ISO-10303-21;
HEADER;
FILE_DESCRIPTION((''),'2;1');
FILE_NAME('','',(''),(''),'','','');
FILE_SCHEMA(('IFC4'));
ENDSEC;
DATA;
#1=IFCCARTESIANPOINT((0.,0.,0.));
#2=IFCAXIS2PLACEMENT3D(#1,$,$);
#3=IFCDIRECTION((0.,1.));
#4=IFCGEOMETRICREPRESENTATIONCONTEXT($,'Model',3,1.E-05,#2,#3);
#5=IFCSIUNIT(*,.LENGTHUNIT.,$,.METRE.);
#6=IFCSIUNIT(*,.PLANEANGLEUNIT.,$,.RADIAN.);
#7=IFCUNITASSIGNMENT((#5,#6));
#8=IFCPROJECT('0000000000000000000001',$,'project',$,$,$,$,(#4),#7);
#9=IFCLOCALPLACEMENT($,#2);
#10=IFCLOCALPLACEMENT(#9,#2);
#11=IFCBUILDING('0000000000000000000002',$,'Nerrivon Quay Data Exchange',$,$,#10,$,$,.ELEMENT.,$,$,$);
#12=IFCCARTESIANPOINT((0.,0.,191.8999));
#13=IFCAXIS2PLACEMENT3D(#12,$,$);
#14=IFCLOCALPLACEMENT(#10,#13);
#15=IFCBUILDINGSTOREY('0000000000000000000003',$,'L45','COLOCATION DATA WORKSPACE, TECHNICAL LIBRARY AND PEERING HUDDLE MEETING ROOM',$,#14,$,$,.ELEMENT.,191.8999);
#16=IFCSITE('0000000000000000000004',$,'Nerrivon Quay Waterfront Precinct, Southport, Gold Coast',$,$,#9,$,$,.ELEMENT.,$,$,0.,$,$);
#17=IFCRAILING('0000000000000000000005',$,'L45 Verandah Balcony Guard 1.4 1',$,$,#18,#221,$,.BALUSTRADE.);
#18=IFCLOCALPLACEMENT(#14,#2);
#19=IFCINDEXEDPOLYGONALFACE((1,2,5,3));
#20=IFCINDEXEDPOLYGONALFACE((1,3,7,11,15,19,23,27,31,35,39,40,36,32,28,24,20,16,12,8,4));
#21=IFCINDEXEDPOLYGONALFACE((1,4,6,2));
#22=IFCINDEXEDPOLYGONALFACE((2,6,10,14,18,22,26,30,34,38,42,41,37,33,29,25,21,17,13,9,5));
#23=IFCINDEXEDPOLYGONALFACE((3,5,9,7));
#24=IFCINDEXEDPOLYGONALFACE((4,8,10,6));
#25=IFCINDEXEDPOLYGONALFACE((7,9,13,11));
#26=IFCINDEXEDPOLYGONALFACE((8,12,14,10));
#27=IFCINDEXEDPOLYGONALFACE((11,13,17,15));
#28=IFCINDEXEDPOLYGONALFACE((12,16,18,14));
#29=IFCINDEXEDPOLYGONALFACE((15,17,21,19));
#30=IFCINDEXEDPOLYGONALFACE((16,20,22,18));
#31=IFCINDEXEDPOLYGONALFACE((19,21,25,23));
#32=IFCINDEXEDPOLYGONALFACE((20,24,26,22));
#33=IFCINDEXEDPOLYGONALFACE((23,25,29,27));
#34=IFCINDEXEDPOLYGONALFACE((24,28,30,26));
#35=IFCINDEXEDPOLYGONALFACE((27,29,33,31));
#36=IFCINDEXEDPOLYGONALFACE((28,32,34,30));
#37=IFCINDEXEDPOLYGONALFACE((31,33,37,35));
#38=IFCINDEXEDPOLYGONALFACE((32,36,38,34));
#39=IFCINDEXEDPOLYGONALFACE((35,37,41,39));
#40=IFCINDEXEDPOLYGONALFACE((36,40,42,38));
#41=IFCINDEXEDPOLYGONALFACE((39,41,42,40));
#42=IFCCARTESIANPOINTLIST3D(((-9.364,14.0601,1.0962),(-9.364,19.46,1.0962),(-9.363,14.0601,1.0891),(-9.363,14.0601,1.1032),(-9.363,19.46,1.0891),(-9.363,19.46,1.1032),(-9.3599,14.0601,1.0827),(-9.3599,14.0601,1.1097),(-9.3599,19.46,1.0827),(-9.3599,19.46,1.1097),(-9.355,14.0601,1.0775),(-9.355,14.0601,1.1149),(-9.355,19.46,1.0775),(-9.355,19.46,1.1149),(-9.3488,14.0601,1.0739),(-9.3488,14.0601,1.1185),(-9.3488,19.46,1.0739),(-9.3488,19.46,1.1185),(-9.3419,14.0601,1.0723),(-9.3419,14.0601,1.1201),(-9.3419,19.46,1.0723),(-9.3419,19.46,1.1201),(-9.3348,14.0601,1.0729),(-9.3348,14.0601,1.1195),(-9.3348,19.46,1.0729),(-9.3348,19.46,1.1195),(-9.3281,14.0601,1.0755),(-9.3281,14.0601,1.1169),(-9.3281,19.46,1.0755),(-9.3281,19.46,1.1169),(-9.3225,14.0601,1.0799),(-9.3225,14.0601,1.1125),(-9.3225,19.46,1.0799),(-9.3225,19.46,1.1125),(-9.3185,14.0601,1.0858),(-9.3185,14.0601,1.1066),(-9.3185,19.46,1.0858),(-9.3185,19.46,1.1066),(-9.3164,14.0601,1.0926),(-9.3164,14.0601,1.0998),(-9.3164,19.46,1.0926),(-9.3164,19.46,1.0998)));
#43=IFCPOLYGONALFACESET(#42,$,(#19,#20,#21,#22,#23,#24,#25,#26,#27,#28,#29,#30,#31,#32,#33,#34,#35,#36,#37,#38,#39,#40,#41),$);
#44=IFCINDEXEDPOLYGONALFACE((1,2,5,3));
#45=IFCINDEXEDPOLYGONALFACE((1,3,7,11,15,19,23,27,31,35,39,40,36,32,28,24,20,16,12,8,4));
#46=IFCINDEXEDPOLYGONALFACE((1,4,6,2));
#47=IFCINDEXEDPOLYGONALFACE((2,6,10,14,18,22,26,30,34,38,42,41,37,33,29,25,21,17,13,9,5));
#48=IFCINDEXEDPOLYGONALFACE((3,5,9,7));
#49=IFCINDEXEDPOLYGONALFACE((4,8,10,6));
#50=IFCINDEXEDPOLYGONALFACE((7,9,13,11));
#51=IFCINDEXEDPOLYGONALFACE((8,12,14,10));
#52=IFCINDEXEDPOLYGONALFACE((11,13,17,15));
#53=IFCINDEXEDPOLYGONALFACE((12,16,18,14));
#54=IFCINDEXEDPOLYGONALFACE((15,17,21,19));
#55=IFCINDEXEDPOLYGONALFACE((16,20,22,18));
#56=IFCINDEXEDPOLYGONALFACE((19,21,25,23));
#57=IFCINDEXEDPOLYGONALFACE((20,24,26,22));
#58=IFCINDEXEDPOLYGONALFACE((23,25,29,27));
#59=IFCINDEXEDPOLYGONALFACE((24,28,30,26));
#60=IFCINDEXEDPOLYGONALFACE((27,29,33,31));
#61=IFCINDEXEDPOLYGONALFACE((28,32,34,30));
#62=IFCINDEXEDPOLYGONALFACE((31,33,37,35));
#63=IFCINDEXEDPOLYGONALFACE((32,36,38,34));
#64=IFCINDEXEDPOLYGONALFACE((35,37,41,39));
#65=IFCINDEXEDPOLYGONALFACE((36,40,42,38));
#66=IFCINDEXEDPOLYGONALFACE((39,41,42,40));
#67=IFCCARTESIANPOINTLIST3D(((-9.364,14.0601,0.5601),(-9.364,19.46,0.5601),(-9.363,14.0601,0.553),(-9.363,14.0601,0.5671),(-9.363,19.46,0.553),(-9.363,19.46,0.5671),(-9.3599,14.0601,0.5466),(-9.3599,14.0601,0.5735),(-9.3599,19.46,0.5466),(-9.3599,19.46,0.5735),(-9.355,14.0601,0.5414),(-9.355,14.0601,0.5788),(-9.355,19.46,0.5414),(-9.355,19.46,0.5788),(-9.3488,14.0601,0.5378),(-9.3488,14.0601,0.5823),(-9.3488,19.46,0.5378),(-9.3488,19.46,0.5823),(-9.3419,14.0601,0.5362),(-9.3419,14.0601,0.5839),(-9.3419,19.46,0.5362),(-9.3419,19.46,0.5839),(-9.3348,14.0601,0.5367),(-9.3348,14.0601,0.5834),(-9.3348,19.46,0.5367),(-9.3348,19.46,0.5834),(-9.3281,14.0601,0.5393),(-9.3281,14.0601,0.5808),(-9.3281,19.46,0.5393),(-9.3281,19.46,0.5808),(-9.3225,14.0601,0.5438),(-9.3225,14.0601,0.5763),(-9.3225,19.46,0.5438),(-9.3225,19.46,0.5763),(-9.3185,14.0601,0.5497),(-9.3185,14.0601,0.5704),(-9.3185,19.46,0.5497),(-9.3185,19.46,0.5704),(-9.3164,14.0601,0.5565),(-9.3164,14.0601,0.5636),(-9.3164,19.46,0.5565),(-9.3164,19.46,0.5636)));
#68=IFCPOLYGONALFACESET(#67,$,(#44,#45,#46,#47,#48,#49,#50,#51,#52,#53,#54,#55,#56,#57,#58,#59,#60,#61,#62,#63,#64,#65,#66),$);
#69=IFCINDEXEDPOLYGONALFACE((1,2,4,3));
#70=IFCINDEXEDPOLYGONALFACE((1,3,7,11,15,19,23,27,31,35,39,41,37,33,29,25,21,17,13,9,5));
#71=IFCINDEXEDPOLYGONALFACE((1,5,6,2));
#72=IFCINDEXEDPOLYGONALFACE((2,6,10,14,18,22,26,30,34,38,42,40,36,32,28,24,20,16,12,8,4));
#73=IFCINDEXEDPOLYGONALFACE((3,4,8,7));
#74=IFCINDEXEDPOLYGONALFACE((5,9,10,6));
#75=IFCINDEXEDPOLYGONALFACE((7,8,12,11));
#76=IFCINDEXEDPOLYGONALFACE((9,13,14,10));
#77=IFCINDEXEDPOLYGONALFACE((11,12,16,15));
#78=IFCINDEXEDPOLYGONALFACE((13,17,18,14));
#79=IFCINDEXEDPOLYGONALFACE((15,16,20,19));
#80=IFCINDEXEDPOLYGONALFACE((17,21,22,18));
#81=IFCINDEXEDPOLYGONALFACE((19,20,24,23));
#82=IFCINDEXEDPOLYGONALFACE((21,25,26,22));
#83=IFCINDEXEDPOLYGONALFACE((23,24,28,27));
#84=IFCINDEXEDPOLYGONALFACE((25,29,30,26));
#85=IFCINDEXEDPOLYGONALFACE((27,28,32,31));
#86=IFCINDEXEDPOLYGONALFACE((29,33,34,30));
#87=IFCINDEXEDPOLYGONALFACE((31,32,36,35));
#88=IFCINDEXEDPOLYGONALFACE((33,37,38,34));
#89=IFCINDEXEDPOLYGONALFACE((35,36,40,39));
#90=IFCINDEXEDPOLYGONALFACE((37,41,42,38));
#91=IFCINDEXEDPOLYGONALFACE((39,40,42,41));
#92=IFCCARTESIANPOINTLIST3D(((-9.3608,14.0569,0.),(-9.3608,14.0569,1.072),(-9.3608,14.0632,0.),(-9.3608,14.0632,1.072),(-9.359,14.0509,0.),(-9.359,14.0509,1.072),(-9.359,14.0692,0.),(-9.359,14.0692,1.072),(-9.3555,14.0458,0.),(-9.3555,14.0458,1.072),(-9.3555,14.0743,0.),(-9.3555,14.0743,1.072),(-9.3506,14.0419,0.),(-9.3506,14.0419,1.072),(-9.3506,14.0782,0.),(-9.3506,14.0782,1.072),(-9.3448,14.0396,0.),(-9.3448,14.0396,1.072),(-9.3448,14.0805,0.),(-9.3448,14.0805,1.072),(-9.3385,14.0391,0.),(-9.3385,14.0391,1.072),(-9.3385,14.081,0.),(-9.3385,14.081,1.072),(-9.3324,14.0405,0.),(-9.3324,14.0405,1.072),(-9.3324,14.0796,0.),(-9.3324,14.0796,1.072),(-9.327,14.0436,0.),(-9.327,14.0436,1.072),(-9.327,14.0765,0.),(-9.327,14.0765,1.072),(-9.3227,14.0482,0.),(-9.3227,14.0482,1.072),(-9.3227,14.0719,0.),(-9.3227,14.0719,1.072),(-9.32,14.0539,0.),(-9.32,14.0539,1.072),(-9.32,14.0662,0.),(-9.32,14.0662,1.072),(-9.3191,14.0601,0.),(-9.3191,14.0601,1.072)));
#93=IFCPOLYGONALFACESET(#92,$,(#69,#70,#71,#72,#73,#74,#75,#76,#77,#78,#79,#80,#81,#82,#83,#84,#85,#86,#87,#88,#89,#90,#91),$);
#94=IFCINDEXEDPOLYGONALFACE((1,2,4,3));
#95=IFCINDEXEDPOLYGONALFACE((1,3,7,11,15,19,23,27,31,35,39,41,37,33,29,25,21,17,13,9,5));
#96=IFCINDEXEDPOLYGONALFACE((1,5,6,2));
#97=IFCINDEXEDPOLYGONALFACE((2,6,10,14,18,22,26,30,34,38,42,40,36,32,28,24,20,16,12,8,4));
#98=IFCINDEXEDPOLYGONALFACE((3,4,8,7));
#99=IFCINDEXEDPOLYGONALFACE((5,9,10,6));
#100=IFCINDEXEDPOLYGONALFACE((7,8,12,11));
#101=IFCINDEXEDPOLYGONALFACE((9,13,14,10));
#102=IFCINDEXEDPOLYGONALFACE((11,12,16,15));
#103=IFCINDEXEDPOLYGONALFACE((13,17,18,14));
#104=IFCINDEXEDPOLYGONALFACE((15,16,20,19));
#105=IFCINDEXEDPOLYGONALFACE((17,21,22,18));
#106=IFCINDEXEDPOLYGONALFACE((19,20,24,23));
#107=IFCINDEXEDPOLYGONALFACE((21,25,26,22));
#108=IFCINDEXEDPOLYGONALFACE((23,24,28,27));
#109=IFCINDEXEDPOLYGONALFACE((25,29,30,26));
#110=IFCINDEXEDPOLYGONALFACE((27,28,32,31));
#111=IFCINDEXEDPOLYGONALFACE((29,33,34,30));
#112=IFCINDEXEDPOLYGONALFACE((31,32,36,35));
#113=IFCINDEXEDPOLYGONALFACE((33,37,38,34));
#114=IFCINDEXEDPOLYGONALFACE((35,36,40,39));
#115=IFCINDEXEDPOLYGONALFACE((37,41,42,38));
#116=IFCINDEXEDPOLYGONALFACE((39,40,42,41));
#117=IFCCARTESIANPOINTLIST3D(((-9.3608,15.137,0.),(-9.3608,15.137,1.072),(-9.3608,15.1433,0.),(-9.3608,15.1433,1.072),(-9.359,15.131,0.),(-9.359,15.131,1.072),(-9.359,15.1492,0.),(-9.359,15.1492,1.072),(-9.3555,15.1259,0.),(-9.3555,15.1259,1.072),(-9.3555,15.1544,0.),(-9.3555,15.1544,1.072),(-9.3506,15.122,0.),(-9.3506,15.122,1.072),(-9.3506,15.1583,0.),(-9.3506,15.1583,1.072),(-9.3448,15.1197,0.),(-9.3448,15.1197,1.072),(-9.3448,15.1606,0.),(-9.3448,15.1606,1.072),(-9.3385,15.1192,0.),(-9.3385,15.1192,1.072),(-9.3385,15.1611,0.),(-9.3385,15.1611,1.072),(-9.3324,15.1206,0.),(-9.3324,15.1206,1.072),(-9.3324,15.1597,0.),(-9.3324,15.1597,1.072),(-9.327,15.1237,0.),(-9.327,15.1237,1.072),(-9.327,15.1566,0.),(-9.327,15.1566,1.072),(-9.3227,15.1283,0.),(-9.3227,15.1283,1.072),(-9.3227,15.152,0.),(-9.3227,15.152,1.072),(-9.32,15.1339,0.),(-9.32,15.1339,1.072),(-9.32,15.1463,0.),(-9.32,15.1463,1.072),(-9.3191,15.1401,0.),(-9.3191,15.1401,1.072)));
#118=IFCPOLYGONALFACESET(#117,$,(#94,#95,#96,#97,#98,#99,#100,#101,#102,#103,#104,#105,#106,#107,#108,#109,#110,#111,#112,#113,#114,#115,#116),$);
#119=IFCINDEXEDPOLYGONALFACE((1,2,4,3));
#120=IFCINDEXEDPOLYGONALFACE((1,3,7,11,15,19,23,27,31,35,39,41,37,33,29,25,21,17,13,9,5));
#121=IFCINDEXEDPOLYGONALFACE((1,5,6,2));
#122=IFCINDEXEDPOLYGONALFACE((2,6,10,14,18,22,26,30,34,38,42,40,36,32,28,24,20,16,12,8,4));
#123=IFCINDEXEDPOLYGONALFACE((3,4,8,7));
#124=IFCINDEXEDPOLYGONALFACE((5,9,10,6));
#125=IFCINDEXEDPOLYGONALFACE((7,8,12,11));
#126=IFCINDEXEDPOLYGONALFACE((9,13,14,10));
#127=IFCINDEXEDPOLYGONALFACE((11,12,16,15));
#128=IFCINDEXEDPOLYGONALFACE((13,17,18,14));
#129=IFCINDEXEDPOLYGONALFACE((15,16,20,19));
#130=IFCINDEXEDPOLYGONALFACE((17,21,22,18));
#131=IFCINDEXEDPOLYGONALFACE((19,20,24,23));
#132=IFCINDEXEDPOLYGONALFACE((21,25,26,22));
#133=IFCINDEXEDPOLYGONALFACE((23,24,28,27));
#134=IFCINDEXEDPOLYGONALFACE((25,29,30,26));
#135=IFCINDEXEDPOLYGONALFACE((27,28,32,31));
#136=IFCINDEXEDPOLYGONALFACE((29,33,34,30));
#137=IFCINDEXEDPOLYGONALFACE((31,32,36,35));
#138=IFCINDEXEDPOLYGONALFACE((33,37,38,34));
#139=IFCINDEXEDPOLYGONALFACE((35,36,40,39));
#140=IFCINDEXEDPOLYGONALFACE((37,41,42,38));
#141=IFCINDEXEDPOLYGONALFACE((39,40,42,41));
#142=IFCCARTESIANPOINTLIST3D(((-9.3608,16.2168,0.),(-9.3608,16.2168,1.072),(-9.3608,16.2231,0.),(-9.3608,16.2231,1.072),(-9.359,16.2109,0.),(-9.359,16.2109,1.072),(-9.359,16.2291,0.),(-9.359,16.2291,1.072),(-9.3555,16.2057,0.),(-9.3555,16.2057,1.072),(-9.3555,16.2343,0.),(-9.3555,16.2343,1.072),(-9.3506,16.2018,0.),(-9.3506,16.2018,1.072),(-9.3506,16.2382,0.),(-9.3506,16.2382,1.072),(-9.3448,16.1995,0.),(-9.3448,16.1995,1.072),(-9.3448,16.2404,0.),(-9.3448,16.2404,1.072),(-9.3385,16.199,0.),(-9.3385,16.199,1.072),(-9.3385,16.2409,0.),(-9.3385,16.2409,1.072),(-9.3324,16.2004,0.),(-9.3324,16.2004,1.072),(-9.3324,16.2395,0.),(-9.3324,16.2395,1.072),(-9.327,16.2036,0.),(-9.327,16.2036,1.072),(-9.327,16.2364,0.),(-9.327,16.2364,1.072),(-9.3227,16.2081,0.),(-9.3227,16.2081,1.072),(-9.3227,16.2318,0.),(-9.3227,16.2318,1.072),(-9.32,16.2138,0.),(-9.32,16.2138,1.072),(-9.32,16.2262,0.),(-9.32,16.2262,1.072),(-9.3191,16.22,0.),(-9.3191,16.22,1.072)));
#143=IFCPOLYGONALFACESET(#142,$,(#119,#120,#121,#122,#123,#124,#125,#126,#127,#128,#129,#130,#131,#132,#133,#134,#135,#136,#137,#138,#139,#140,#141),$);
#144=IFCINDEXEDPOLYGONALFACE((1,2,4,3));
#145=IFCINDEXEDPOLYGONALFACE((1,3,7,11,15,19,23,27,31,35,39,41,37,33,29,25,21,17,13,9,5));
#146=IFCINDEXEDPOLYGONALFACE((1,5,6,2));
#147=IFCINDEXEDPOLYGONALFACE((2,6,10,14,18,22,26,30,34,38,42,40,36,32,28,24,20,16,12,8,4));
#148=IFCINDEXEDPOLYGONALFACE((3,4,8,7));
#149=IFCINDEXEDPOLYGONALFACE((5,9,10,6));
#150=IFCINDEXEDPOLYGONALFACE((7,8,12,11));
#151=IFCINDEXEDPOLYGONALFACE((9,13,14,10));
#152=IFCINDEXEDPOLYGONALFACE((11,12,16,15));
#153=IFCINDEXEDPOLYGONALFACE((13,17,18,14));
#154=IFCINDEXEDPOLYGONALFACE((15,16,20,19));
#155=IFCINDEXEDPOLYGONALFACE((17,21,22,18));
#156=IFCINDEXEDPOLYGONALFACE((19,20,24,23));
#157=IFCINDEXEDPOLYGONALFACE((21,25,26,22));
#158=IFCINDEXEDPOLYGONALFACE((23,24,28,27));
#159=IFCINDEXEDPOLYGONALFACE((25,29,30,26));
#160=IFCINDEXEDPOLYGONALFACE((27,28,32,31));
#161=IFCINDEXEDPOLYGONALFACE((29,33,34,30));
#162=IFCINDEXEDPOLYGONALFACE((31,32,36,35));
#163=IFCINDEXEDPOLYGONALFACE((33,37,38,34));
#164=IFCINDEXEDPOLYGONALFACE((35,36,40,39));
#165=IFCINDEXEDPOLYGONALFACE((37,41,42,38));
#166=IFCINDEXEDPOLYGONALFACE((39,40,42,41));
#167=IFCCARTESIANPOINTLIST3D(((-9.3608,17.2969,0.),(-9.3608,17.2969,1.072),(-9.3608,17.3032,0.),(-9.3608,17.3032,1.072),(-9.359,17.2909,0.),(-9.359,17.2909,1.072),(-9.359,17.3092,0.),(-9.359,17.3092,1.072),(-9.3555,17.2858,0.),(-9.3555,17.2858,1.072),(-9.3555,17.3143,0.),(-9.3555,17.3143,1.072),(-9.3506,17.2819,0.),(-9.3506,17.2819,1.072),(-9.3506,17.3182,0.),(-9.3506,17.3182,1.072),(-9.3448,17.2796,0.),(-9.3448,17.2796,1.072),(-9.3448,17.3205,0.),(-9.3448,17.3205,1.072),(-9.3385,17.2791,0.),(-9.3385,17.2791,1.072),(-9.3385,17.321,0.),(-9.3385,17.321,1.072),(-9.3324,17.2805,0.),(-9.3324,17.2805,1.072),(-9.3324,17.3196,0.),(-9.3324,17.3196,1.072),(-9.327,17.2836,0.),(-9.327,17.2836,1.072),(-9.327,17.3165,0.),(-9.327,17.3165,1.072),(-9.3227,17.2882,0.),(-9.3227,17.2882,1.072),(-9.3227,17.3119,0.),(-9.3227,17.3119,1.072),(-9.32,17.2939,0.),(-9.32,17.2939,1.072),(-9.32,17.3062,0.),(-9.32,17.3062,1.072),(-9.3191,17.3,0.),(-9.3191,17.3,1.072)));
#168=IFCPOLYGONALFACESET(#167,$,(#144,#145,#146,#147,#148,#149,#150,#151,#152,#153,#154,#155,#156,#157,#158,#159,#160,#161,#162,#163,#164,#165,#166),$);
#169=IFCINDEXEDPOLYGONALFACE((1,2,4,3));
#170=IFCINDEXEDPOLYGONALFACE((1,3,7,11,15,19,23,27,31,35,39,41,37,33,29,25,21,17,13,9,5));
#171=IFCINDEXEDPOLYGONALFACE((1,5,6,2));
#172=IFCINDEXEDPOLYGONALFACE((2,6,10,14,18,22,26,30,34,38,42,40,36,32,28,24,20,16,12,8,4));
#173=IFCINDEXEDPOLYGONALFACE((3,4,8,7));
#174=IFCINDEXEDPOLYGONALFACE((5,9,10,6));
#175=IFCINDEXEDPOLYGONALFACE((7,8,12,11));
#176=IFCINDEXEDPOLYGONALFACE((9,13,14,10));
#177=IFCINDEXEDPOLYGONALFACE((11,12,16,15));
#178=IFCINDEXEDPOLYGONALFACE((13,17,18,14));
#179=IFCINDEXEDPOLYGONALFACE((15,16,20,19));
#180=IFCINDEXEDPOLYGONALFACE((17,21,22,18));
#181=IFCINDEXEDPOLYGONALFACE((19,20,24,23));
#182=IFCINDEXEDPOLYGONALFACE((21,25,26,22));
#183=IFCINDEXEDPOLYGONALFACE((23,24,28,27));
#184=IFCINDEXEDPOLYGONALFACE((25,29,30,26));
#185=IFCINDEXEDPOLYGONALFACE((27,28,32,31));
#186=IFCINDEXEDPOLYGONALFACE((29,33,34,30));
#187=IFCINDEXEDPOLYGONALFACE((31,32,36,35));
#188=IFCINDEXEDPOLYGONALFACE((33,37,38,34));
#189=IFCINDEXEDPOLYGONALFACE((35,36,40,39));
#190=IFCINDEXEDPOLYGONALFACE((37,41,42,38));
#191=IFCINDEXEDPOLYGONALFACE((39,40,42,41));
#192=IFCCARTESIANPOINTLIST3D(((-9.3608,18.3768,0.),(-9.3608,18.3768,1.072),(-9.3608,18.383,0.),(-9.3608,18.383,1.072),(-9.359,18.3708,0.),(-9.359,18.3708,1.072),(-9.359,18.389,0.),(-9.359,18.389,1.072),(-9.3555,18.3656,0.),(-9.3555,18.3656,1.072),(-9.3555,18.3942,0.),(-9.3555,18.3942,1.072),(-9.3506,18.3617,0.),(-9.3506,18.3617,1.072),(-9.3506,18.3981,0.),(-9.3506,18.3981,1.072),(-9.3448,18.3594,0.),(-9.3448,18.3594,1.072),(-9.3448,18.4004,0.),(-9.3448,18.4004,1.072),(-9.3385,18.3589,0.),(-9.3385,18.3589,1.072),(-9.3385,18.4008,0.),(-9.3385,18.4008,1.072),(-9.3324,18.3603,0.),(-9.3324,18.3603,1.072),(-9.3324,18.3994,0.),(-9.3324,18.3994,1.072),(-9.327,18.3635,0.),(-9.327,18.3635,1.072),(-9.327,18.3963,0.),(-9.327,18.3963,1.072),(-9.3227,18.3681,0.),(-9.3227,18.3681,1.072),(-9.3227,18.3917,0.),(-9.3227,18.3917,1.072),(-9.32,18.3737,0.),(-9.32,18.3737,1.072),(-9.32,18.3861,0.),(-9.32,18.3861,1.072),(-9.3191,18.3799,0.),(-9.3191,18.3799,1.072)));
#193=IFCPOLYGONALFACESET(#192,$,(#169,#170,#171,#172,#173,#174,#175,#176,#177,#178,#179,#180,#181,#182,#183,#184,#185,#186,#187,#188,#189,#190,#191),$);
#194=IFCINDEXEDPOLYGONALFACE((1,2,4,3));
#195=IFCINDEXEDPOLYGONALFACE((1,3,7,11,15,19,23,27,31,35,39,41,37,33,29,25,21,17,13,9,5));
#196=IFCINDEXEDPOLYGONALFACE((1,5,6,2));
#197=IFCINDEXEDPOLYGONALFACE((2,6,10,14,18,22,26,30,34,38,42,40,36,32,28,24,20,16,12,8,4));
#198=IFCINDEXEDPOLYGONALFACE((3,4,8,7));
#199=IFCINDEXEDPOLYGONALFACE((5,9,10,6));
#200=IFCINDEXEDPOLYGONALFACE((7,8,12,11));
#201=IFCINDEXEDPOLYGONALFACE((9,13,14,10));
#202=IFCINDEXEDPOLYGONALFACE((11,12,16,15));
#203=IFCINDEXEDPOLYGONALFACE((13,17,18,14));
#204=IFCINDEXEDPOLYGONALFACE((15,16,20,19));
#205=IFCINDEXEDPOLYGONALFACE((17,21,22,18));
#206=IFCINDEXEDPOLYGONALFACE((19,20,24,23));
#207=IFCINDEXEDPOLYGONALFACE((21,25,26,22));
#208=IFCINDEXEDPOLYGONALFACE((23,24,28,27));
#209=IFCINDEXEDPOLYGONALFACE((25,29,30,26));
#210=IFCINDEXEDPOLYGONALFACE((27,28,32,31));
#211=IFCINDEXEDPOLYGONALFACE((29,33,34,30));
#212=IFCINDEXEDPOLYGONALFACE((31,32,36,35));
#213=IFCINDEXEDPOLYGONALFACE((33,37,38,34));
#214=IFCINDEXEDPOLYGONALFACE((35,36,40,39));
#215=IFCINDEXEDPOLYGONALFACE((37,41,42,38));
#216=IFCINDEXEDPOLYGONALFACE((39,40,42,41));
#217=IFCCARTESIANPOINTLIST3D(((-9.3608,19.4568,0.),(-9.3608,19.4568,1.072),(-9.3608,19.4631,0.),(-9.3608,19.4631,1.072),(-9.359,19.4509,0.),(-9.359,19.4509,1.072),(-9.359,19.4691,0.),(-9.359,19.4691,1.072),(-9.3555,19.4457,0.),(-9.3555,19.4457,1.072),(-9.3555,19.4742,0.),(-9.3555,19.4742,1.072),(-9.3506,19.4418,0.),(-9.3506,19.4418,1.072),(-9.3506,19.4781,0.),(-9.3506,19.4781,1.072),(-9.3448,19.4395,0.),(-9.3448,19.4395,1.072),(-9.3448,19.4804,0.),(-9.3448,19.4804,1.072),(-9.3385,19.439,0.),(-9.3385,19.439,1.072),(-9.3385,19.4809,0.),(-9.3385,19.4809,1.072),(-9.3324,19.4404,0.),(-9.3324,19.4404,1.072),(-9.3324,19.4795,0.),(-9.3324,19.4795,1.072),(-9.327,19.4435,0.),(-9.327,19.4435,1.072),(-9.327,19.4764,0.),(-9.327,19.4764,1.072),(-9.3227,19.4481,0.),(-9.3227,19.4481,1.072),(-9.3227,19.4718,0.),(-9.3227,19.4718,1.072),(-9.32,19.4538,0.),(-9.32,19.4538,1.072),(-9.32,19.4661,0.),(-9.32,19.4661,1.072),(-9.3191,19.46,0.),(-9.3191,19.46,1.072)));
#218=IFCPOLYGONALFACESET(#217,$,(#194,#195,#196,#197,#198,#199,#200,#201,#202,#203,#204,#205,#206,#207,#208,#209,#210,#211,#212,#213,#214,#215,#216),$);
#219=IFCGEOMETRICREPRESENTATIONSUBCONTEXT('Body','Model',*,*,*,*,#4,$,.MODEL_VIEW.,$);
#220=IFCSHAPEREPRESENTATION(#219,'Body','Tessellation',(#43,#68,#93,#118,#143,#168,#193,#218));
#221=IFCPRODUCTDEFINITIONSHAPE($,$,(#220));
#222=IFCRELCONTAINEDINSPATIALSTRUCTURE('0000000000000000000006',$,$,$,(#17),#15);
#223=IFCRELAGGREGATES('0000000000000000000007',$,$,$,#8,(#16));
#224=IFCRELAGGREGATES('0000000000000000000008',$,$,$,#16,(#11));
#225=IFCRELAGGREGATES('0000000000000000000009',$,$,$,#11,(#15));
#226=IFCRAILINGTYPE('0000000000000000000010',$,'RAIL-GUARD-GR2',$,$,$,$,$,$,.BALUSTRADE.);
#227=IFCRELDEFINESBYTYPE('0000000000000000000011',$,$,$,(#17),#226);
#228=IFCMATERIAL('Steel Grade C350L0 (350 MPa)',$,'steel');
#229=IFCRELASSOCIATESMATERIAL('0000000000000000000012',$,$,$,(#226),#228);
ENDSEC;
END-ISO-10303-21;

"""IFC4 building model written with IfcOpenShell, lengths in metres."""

from ifc_helpers import new_model, si_unit, direction, frame, origin, origin_2d, place, context, subcontext, project, spatial, circle, extrude, material, type_object, element, save


model = new_model("IFC4")

# Units and contexts
model_context = context("Model", 3, precision=1e-05, world=origin(), true_north=direction((0.0, 1.0)))
body_context = subcontext(model_context, "Body", "Model", "MODEL_VIEW")
ifc_project = project(units=[si_unit("LENGTHUNIT", "METRE"), si_unit("PLANEANGLEUNIT", "RADIAN")], contexts=[model_context])

# Site, building, storey
site_placement = place(None, origin())
site = spatial("IfcSite", under=ifc_project, at=site_placement, Name="Nerrivon Quay Waterfront Precinct, Southport, Gold Coast", CompositionType="ELEMENT", RefElevation=0.0)
building_placement = place(site_placement, origin())
building = spatial("IfcBuilding", under=site, at=building_placement, Name="Nerrivon Quay Data Exchange", CompositionType="ELEMENT")
storey_placement = place(building_placement, frame((0.0, 0.0, 191.8999)))
storey = spatial("IfcBuildingStorey", under=building, at=storey_placement, Name="L45", Description="COLOCATION DATA WORKSPACE, TECHNICAL LIBRARY AND PEERING HUDDLE MEETING ROOM", CompositionType="ELEMENT", Elevation=191.8999)

# Railing
ifc_material_1 = material(Name="Steel Grade C350L0 (350 MPa)", Category="steel")
railing_type = type_object("IfcRailingType", Name="RAIL-GUARD-GR2", PredefinedType="BALUSTRADE", material=ifc_material_1)
railing_1_placement = place(storey_placement, frame((-9.3401, 14.0601, 0.0)))
element("IfcRailing", 1, at=railing_1_placement, inside=storey, type_object=railing_type, Name="L45 Verandah Balcony Guard 1.4 1", PredefinedType="BALUSTRADE", context=body_context, shape_type="SweptSolid", body=[
    extrude(circle(Radius=0.0239, at=origin_2d()), frame((0.0, 0.0, 1.0962), z_axis=(0.0, 1.0, 0.0), x_axis=(-1.0, 0.0, 0.0)), (0.0, 0.0, 1.0), 5.3999),
    extrude(circle(Radius=0.0239, at=origin_2d()), frame((0.0, 0.0, 0.5601), z_axis=(0.0, 1.0, 0.0), x_axis=(-1.0, 0.0, 0.0)), (0.0, 0.0, 1.0), 5.3999),
    extrude(circle(Radius=0.021, at=origin_2d()), origin(), (0.0, 0.0, 1.0), 1.072),
    extrude(circle(Radius=0.021, at=origin_2d()), frame((0.0, 1.0801, 0.0)), (0.0, 0.0, 1.0), 1.072),
    extrude(circle(Radius=0.021, at=origin_2d()), frame((0.0, 2.1599, 0.0)), (0.0, 0.0, 1.0), 1.072),
    extrude(circle(Radius=0.021, at=origin_2d()), frame((0.0, 3.24, 0.0)), (0.0, 0.0, 1.0), 1.072),
    extrude(circle(Radius=0.021, at=origin_2d()), frame((0.0, 4.3198, 0.0)), (0.0, 0.0, 1.0), 1.072),
    extrude(circle(Radius=0.021, at=origin_2d()), frame((0.0, 5.3999, 0.0)), (0.0, 0.0, 1.0), 1.072),
])

save(model, "model.ifc")
